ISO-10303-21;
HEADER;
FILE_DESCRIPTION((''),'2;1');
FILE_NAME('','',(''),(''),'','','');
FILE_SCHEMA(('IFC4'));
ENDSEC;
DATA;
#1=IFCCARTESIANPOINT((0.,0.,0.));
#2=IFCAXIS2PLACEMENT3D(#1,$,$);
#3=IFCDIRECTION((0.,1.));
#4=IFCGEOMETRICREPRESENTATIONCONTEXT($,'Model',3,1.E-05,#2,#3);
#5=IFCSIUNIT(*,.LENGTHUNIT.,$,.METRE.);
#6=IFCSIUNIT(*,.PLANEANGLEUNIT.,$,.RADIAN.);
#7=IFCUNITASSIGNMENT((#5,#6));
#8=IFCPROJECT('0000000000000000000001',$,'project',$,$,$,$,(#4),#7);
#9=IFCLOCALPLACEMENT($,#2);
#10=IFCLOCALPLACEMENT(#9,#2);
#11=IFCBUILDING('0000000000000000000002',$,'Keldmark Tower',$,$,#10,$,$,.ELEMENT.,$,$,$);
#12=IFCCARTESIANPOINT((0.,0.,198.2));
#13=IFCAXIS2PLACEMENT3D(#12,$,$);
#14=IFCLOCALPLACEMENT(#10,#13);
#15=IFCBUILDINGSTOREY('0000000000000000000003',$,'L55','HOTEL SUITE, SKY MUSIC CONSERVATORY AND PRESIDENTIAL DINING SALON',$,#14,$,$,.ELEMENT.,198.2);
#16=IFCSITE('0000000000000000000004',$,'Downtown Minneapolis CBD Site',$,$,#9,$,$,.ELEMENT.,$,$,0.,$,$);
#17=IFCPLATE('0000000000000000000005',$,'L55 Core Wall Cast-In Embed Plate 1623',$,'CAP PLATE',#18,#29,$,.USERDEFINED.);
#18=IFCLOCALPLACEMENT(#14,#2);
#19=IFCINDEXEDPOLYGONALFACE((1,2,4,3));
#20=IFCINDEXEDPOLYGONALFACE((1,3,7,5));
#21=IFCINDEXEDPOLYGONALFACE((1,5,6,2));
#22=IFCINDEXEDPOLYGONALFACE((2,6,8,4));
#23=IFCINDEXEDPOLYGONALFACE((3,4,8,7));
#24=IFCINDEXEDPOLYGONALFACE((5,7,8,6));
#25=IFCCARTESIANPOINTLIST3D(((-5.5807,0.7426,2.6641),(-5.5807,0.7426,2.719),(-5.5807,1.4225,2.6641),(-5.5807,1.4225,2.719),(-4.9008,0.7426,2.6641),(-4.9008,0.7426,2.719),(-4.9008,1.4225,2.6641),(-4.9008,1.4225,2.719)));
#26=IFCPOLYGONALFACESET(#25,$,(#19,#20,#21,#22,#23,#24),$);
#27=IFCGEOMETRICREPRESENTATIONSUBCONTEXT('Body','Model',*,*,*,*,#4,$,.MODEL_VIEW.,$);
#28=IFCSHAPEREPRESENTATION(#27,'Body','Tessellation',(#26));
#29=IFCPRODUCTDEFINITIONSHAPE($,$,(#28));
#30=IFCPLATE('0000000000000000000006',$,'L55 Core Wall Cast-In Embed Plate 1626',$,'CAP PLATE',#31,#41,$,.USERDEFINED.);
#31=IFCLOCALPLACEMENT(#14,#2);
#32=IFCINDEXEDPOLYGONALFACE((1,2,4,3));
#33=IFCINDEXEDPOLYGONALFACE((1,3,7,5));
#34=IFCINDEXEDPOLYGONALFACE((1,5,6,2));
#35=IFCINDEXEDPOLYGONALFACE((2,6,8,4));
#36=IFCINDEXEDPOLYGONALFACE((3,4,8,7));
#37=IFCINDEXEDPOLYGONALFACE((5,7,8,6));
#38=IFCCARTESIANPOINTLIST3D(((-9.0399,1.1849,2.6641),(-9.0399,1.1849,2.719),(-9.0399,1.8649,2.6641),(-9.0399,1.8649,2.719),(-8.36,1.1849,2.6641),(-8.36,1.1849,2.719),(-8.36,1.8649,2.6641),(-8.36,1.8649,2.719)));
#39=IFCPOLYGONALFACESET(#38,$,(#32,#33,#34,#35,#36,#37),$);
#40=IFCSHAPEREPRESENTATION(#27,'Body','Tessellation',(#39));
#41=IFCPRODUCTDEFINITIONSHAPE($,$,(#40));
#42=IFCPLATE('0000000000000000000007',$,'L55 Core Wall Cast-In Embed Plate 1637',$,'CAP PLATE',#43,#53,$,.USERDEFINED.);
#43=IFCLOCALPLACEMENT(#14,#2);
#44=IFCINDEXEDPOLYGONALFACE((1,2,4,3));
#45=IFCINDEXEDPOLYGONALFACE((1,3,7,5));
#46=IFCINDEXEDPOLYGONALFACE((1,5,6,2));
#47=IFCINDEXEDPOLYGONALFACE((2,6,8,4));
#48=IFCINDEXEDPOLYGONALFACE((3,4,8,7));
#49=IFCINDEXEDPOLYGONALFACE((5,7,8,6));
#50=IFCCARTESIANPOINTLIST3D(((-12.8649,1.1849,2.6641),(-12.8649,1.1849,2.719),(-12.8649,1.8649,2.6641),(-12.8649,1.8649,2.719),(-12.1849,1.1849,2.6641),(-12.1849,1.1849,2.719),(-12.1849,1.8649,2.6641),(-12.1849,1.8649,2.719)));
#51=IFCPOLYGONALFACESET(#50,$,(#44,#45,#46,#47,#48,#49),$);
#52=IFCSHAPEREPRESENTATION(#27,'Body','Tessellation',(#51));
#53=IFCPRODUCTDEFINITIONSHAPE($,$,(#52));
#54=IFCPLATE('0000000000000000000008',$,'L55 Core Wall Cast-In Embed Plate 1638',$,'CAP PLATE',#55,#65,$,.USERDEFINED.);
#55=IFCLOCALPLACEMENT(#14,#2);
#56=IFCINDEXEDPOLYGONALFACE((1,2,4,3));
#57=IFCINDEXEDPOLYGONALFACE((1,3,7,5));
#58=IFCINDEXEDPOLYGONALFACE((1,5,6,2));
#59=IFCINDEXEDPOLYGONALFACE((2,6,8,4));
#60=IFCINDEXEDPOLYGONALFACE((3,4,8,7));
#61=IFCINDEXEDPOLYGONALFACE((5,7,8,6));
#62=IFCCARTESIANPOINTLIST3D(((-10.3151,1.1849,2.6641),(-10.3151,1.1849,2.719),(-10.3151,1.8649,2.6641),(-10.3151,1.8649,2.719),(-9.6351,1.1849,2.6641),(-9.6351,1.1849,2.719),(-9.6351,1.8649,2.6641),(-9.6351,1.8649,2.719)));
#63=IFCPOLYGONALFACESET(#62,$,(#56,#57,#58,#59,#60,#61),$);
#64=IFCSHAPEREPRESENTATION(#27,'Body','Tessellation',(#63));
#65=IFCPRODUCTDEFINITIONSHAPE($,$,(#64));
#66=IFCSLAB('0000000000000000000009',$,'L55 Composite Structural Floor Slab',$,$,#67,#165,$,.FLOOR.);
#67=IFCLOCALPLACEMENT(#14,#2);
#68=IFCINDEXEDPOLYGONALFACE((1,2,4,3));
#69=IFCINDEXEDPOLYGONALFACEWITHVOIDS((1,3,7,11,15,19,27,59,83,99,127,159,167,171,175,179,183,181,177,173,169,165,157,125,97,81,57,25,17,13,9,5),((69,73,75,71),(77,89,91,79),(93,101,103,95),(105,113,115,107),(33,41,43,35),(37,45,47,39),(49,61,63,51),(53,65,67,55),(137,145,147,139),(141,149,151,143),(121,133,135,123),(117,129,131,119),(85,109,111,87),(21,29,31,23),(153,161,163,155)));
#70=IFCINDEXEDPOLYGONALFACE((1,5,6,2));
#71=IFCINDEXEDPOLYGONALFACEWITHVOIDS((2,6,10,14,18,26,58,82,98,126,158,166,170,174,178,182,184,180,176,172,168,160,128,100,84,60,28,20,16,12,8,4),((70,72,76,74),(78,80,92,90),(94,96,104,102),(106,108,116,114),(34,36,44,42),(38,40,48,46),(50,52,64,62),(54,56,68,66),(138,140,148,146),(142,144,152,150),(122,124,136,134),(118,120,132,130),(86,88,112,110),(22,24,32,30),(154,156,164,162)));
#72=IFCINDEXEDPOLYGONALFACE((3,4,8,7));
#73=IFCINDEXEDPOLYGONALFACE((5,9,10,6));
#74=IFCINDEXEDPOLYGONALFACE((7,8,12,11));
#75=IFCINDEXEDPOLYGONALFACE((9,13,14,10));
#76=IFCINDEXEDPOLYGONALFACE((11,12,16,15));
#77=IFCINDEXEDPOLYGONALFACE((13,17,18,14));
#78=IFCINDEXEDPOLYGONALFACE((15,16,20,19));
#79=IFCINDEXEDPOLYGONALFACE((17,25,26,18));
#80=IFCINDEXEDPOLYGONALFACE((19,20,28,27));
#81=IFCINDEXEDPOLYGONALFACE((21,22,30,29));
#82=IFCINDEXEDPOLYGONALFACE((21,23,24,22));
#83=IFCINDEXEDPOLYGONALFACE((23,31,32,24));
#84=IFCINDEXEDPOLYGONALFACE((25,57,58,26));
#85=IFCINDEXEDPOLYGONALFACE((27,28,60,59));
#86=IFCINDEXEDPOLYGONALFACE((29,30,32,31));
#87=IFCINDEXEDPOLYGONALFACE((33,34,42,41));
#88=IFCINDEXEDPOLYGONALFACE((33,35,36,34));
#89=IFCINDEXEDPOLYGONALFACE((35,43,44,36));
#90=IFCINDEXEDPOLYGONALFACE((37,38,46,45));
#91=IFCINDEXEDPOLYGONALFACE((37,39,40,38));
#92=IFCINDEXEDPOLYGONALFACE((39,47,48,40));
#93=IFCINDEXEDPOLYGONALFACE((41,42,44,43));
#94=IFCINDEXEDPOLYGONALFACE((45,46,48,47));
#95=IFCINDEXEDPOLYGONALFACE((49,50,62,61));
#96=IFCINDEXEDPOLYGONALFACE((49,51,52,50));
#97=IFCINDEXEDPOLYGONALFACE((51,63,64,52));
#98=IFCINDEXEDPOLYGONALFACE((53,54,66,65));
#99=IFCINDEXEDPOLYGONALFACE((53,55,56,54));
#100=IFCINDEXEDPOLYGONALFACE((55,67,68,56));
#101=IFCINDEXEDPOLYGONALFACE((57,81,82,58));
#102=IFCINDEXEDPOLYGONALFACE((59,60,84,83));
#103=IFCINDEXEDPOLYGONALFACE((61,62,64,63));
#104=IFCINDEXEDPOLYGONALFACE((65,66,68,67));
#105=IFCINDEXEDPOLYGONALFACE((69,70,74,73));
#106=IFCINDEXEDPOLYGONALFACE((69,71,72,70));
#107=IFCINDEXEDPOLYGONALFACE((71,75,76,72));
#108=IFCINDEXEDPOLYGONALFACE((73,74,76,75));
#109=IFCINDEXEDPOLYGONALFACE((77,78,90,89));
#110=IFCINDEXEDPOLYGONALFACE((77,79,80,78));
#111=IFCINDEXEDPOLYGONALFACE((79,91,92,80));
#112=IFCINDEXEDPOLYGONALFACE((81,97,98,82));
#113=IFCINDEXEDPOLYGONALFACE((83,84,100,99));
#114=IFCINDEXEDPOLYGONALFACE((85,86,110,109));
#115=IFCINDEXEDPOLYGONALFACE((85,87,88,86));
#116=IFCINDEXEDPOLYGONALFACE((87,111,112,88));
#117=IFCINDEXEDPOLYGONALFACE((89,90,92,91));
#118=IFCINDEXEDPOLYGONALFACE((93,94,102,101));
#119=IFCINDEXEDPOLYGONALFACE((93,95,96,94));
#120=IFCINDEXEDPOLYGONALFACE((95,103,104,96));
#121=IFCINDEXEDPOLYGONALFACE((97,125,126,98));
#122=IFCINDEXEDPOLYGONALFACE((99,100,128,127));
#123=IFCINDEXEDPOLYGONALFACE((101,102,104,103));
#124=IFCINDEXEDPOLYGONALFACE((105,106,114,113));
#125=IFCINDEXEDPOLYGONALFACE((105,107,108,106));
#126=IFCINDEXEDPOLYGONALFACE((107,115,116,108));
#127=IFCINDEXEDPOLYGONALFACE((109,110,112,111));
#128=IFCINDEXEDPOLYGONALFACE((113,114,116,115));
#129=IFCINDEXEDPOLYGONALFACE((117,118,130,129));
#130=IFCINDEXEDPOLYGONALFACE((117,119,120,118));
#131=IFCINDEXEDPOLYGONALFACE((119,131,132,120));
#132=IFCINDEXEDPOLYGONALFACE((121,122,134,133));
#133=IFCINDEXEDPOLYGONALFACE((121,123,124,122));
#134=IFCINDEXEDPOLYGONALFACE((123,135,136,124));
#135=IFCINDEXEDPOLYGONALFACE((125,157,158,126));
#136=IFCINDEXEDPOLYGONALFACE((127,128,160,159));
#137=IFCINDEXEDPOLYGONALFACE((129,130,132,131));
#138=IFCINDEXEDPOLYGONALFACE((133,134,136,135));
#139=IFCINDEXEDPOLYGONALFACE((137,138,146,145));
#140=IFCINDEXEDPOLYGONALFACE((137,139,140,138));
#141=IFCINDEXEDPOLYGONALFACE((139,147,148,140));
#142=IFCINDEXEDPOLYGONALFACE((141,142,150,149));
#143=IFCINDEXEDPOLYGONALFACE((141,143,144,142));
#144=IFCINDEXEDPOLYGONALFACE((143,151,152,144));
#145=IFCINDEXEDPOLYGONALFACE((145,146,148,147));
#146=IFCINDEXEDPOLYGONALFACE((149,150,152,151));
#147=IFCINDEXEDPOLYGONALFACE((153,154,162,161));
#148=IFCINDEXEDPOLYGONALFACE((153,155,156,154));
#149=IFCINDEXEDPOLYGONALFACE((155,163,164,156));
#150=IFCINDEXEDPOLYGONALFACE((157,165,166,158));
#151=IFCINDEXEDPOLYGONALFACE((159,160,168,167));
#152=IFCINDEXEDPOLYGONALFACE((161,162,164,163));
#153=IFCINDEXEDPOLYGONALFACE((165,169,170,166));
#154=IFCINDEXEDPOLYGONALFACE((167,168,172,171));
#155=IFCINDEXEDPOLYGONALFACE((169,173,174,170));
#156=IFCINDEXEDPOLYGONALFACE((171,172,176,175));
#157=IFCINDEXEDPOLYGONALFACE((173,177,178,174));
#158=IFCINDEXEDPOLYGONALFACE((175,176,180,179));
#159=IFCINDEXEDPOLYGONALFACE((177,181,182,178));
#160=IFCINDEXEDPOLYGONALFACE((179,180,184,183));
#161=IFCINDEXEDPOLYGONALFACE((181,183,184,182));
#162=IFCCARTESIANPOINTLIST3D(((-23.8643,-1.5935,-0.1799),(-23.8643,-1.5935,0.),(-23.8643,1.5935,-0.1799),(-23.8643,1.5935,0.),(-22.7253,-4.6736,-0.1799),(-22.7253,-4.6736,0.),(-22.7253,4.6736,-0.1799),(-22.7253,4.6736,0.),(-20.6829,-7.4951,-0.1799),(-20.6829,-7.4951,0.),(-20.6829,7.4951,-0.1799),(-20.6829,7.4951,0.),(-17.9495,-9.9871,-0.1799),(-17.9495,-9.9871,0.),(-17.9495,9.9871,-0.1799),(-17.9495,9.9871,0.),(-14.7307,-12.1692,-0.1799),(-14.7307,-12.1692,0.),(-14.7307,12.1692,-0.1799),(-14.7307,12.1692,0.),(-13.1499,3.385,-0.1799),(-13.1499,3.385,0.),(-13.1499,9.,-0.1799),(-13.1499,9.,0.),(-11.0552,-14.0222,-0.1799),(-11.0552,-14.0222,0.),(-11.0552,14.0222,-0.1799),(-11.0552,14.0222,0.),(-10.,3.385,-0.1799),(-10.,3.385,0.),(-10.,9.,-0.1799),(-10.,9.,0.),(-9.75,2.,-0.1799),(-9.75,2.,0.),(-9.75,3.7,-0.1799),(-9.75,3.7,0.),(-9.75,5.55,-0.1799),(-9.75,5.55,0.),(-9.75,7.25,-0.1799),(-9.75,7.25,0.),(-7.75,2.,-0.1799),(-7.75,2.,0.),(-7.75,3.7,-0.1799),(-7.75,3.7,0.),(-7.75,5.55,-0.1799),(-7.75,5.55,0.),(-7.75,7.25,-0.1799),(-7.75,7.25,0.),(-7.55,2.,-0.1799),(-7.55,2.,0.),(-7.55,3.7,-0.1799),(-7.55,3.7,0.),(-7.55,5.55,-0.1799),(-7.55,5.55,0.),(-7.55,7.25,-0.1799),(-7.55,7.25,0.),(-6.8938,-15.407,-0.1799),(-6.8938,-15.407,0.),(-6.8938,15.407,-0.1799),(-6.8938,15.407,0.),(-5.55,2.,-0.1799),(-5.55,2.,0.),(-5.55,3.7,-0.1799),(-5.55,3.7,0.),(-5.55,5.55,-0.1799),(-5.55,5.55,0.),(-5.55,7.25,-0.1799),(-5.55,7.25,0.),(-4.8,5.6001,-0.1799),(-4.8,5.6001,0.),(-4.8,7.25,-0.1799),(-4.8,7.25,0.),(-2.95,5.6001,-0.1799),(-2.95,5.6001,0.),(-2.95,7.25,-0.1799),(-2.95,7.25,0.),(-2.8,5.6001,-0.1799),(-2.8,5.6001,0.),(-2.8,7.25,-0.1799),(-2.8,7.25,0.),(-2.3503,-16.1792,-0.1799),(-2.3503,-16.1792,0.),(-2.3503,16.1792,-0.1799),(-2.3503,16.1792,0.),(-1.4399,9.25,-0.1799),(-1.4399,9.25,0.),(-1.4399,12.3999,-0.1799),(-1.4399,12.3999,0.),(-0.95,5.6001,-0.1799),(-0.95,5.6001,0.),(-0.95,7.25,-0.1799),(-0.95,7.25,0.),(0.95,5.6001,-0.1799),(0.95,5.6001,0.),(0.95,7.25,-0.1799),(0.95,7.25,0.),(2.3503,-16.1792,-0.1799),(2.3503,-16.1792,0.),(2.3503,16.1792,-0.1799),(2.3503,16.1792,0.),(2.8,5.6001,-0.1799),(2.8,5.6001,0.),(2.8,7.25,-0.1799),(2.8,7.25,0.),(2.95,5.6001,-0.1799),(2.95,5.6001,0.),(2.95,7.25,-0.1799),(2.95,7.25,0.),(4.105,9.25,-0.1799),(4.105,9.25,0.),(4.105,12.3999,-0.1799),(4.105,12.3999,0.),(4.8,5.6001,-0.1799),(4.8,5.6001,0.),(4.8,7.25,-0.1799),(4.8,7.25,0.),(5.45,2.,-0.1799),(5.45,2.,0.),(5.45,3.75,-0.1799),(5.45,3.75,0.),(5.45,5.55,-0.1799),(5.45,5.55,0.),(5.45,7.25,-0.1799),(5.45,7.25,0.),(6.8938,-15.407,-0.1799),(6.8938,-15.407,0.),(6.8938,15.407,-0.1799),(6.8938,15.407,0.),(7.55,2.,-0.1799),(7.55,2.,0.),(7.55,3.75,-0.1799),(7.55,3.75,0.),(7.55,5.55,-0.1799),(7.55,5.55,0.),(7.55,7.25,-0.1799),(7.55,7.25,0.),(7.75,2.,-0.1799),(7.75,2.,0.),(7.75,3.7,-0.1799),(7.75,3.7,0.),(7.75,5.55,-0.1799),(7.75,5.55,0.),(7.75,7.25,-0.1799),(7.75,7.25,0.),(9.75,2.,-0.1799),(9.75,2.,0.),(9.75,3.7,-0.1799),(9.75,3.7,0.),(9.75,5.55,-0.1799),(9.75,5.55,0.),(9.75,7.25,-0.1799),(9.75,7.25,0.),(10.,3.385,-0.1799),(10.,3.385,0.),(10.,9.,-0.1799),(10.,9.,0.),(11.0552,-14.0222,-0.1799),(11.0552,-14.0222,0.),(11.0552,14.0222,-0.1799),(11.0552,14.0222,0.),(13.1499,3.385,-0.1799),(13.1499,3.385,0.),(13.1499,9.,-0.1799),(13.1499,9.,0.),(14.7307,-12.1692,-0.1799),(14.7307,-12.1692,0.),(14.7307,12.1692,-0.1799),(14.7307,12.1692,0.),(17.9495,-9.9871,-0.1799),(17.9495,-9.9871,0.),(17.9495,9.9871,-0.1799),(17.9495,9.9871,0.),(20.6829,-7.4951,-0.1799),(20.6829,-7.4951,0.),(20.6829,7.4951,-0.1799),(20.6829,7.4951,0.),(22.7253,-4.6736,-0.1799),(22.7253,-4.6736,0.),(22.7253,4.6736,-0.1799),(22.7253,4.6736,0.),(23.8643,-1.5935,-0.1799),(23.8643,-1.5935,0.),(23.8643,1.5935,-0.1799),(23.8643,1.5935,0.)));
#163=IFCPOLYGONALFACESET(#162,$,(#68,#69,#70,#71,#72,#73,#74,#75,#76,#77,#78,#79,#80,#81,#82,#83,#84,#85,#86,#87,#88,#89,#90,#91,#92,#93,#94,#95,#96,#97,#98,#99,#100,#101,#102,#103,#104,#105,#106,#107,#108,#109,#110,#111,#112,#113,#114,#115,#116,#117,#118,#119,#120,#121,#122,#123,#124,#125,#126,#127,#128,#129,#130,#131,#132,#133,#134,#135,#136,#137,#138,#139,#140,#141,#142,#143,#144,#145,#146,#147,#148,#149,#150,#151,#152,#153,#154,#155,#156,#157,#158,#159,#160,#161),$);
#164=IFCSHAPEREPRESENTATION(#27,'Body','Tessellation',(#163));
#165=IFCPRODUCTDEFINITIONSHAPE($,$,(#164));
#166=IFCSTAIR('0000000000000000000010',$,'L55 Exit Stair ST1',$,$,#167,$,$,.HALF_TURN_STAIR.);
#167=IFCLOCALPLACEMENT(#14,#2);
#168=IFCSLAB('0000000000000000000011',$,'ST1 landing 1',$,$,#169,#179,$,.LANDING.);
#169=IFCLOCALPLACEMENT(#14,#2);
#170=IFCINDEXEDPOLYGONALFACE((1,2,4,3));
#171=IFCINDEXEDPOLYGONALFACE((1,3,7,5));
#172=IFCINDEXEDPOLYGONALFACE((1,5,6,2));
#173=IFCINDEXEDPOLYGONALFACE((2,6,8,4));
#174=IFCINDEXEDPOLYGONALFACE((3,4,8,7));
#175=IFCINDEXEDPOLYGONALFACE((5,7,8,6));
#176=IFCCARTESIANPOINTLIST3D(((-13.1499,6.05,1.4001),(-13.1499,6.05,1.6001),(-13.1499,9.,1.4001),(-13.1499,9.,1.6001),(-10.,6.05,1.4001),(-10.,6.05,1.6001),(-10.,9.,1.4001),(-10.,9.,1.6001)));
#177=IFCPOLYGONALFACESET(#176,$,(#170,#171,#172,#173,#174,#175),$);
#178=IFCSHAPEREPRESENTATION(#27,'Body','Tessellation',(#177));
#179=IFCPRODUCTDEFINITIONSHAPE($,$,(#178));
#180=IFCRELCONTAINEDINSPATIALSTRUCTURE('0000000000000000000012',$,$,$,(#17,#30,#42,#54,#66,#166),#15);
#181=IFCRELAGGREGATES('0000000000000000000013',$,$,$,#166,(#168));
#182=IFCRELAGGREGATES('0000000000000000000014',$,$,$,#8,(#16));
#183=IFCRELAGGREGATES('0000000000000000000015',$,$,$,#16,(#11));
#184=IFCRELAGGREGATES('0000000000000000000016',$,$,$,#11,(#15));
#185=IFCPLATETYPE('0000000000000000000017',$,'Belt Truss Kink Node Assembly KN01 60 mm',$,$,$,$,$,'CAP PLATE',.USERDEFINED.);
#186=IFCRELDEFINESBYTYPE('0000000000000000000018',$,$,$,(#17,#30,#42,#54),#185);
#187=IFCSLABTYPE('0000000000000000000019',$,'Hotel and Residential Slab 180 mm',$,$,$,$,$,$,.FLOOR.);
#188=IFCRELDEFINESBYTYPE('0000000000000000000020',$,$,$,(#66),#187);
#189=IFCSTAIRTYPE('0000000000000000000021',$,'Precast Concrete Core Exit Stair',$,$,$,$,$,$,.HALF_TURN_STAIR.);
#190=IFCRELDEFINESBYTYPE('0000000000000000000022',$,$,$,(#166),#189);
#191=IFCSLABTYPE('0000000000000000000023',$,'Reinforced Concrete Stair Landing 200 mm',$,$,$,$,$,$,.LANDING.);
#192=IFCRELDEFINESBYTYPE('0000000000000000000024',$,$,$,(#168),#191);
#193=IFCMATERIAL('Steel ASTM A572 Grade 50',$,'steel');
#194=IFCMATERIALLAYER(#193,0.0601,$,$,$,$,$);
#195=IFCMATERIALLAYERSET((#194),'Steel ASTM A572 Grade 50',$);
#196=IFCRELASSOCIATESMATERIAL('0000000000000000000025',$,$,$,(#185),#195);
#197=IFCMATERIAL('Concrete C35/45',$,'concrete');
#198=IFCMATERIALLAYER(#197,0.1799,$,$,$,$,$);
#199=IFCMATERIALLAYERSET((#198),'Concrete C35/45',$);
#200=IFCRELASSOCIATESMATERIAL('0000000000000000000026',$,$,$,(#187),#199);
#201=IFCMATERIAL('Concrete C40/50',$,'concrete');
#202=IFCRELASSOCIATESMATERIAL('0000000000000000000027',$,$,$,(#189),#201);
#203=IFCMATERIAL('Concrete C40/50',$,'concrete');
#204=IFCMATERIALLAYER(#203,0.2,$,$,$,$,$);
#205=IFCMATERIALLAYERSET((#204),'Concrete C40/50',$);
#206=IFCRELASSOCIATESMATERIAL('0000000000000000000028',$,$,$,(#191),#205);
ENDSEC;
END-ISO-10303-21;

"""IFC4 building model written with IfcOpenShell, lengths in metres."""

from ifc_helpers import new_model, si_unit, direction, frame, origin, origin_2d, place, context, subcontext, project, spatial, polyline, rectangle, outline, extrude, material, layer, layer_set, type_object, element, aggregate, save


model = new_model("IFC4")

# Units and contexts
model_context = context("Model", 3, precision=1e-05, world=origin(), true_north=direction((0.0, 1.0)))
body_context = subcontext(model_context, "Body", "Model", "MODEL_VIEW")
ifc_project = project(units=[si_unit("LENGTHUNIT", "METRE"), si_unit("PLANEANGLEUNIT", "RADIAN")], contexts=[model_context])

# Site, building, storey
site_placement = place(None, origin())
site = spatial("IfcSite", under=ifc_project, at=site_placement, Name="Downtown Minneapolis CBD Site", CompositionType="ELEMENT", RefElevation=0.0)
building_placement = place(site_placement, origin())
building = spatial("IfcBuilding", under=site, at=building_placement, Name="Keldmark Tower", CompositionType="ELEMENT")
storey_placement = place(building_placement, frame((0.0, 0.0, 198.2)))
storey = spatial("IfcBuildingStorey", under=building, at=storey_placement, Name="L55", Description="HOTEL SUITE, SKY MUSIC CONSERVATORY AND PRESIDENTIAL DINING SALON", CompositionType="ELEMENT", Elevation=198.2)

# Plates
ifc_material_1 = material(Name="Steel ASTM A572 Grade 50", Category="steel")
ifc_layer_1 = layer(ifc_material_1, 0.0601)
ifc_layer_set_1 = layer_set([ifc_layer_1], Name="Steel ASTM A572 Grade 50")
plate_type = type_object("IfcPlateType", Name="Belt Truss Kink Node Assembly KN01 60 mm", ElementType="CAP PLATE", PredefinedType="USERDEFINED", material=ifc_layer_set_1)
for number, where, z_axis, x_axis, name in (
    (1, (-5.2407, 1.0825, 2.6641), (0.0, 0.0, 1.0), (1.0, 0.0, 0.0), "L55 Core Wall Cast-In Embed Plate 1623"),
    (2, (-8.7, 1.5249, 2.6641), (0.0, 0.0, 1.0), (1.0, 0.0, 0.0), "L55 Core Wall Cast-In Embed Plate 1626"),
    (3, (-12.5249, 1.5249, 2.6641), (0.0, 0.0, 1.0), (1.0, 0.0, 0.0), "L55 Core Wall Cast-In Embed Plate 1637"),
    (4, (-9.9751, 1.5249, 2.6641), (0.0, 0.0, 1.0), (1.0, 0.0, 0.0), "L55 Core Wall Cast-In Embed Plate 1638"),
):
    element("IfcPlate", number, at=place(storey_placement, frame(where, z_axis=z_axis, x_axis=x_axis)), inside=storey, type_object=plate_type, Name=name, ObjectType="CAP PLATE", PredefinedType="USERDEFINED", context=body_context, shape_type="SweptSolid", body=[
        extrude(rectangle(XDim=0.6799, YDim=0.6799, at=origin_2d()), origin(), (0.0, 0.0, 1.0), 0.0549),
    ])

# Slab
ifc_material_2 = material(Name="Concrete C35/45", Category="concrete")
ifc_layer_2 = layer(ifc_material_2, 0.1799)
ifc_layer_set_2 = layer_set([ifc_layer_2], Name="Concrete C35/45")
slab_type_1 = type_object("IfcSlabType", Name="Hotel and Residential Slab 180 mm", PredefinedType="FLOOR", material=ifc_layer_set_2)
slab_1_placement = place(storey_placement, frame((0.0, 0.0, -0.1799)))
element("IfcSlab", 5, at=slab_1_placement, inside=storey, type_object=slab_type_1, Name="L55 Composite Structural Floor Slab", PredefinedType="FLOOR", context=body_context, shape_type="SweptSolid", body=[
    extrude(outline(polyline([(23.8643, 1.5935), (22.7253, 4.6736), (20.6829, 7.4951), (17.9495, 9.9871), (14.7307, 12.1692), (11.0552, 14.0222), (6.8938, 15.407), (2.3503, 16.1792), (-2.3503, 16.1792), (-6.8938, 15.407), (-11.0552, 14.0222), (-14.7307, 12.1692), (-17.9495, 9.9871), (-20.6829, 7.4951), (-22.7253, 4.6736), (-23.8643, 1.5935), (-23.8643, -1.5935), (-22.7253, -4.6736), (-20.6829, -7.4951), (-17.9495, -9.9871), (-14.7307, -12.1692), (-11.0552, -14.0222), (-6.8938, -15.407), (-2.3503, -16.1792), (2.3503, -16.1792), (6.8938, -15.407), (11.0552, -14.0222), (14.7307, -12.1692), (17.9495, -9.9871), (20.6829, -7.4951), (22.7253, -4.6736), (23.8643, -1.5935), (23.8643, 1.5935)]), holes=[polyline([(-10.0, 3.385), (-10.0, 9.0), (-13.1499, 9.0), (-13.1499, 3.385), (-10.0, 3.385)]), polyline([(13.1499, 3.385), (13.1499, 9.0), (10.0, 9.0), (10.0, 3.385), (13.1499, 3.385)]), polyline([(-1.4399, 9.25), (4.105, 9.25), (4.105, 12.3999), (-1.4399, 12.3999), (-1.4399, 9.25)]), polyline([(-9.75, 2.0), (-7.75, 2.0), (-7.75, 3.7), (-9.75, 3.7), (-9.75, 2.0)]), polyline([(7.75, 2.0), (9.75, 2.0), (9.75, 3.7), (7.75, 3.7), (7.75, 2.0)]), polyline([(5.45, 2.0), (7.55, 2.0), (7.55, 3.75), (5.45, 3.75), (5.45, 2.0)]), polyline([(-4.8, 5.6001), (-2.95, 5.6001), (-2.95, 7.25), (-4.8, 7.25), (-4.8, 5.6001)]), polyline([(-2.8, 5.6001), (-0.95, 5.6001), (-0.95, 7.25), (-2.8, 7.25), (-2.8, 5.6001)]), polyline([(0.95, 5.6001), (2.8, 5.6001), (2.8, 7.25), (0.95, 7.25), (0.95, 5.6001)]), polyline([(2.95, 5.6001), (4.8, 5.6001), (4.8, 7.25), (2.95, 7.25), (2.95, 5.6001)]), polyline([(-9.75, 5.55), (-7.75, 5.55), (-7.75, 7.25), (-9.75, 7.25), (-9.75, 5.55)]), polyline([(-7.55, 5.55), (-5.55, 5.55), (-5.55, 7.25), (-7.55, 7.25), (-7.55, 5.55)]), polyline([(-7.55, 2.0), (-5.55, 2.0), (-5.55, 3.7), (-7.55, 3.7), (-7.55, 2.0)]), polyline([(5.45, 5.55), (7.55, 5.55), (7.55, 7.25), (5.45, 7.25), (5.45, 5.55)]), polyline([(7.75, 5.55), (9.75, 5.55), (9.75, 7.25), (7.75, 7.25), (7.75, 5.55)])]), origin(), (0.0, 0.0, 1.0), 0.1799),
])

# Stair, slab
ifc_material_3 = material(Name="Concrete C40/50", Category="concrete")
stair_type = type_object("IfcStairType", Name="Precast Concrete Core Exit Stair", PredefinedType="HALF_TURN_STAIR", material=ifc_material_3)
stair_placement = place(storey_placement, origin())
stair = element("IfcStair", 6, at=stair_placement, inside=storey, type_object=stair_type, Name="L55 Exit Stair ST1", PredefinedType="HALF_TURN_STAIR")
ifc_material_4 = material(Name="Concrete C40/50", Category="concrete")
ifc_layer_3 = layer(ifc_material_4, 0.2)
ifc_layer_set_3 = layer_set([ifc_layer_3], Name="Concrete C40/50")
slab_type_2 = type_object("IfcSlabType", Name="Reinforced Concrete Stair Landing 200 mm", PredefinedType="LANDING", material=ifc_layer_set_3)
slab_2_placement = place(storey_placement, frame((0.0, 0.0, 1.4001)))
slab_2 = element("IfcSlab", 7, at=slab_2_placement, type_object=slab_type_2, Name="ST1 landing 1", PredefinedType="LANDING", context=body_context, shape_type="SweptSolid", body=[
    extrude(outline(polyline([(-10.0, 6.05), (-10.0, 9.0), (-13.1499, 9.0), (-13.1499, 6.05), (-10.0, 6.05)])), origin(), (0.0, 0.0, 1.0), 0.2),
])
aggregate(stair, [slab_2])

save(model, "model.ifc")
